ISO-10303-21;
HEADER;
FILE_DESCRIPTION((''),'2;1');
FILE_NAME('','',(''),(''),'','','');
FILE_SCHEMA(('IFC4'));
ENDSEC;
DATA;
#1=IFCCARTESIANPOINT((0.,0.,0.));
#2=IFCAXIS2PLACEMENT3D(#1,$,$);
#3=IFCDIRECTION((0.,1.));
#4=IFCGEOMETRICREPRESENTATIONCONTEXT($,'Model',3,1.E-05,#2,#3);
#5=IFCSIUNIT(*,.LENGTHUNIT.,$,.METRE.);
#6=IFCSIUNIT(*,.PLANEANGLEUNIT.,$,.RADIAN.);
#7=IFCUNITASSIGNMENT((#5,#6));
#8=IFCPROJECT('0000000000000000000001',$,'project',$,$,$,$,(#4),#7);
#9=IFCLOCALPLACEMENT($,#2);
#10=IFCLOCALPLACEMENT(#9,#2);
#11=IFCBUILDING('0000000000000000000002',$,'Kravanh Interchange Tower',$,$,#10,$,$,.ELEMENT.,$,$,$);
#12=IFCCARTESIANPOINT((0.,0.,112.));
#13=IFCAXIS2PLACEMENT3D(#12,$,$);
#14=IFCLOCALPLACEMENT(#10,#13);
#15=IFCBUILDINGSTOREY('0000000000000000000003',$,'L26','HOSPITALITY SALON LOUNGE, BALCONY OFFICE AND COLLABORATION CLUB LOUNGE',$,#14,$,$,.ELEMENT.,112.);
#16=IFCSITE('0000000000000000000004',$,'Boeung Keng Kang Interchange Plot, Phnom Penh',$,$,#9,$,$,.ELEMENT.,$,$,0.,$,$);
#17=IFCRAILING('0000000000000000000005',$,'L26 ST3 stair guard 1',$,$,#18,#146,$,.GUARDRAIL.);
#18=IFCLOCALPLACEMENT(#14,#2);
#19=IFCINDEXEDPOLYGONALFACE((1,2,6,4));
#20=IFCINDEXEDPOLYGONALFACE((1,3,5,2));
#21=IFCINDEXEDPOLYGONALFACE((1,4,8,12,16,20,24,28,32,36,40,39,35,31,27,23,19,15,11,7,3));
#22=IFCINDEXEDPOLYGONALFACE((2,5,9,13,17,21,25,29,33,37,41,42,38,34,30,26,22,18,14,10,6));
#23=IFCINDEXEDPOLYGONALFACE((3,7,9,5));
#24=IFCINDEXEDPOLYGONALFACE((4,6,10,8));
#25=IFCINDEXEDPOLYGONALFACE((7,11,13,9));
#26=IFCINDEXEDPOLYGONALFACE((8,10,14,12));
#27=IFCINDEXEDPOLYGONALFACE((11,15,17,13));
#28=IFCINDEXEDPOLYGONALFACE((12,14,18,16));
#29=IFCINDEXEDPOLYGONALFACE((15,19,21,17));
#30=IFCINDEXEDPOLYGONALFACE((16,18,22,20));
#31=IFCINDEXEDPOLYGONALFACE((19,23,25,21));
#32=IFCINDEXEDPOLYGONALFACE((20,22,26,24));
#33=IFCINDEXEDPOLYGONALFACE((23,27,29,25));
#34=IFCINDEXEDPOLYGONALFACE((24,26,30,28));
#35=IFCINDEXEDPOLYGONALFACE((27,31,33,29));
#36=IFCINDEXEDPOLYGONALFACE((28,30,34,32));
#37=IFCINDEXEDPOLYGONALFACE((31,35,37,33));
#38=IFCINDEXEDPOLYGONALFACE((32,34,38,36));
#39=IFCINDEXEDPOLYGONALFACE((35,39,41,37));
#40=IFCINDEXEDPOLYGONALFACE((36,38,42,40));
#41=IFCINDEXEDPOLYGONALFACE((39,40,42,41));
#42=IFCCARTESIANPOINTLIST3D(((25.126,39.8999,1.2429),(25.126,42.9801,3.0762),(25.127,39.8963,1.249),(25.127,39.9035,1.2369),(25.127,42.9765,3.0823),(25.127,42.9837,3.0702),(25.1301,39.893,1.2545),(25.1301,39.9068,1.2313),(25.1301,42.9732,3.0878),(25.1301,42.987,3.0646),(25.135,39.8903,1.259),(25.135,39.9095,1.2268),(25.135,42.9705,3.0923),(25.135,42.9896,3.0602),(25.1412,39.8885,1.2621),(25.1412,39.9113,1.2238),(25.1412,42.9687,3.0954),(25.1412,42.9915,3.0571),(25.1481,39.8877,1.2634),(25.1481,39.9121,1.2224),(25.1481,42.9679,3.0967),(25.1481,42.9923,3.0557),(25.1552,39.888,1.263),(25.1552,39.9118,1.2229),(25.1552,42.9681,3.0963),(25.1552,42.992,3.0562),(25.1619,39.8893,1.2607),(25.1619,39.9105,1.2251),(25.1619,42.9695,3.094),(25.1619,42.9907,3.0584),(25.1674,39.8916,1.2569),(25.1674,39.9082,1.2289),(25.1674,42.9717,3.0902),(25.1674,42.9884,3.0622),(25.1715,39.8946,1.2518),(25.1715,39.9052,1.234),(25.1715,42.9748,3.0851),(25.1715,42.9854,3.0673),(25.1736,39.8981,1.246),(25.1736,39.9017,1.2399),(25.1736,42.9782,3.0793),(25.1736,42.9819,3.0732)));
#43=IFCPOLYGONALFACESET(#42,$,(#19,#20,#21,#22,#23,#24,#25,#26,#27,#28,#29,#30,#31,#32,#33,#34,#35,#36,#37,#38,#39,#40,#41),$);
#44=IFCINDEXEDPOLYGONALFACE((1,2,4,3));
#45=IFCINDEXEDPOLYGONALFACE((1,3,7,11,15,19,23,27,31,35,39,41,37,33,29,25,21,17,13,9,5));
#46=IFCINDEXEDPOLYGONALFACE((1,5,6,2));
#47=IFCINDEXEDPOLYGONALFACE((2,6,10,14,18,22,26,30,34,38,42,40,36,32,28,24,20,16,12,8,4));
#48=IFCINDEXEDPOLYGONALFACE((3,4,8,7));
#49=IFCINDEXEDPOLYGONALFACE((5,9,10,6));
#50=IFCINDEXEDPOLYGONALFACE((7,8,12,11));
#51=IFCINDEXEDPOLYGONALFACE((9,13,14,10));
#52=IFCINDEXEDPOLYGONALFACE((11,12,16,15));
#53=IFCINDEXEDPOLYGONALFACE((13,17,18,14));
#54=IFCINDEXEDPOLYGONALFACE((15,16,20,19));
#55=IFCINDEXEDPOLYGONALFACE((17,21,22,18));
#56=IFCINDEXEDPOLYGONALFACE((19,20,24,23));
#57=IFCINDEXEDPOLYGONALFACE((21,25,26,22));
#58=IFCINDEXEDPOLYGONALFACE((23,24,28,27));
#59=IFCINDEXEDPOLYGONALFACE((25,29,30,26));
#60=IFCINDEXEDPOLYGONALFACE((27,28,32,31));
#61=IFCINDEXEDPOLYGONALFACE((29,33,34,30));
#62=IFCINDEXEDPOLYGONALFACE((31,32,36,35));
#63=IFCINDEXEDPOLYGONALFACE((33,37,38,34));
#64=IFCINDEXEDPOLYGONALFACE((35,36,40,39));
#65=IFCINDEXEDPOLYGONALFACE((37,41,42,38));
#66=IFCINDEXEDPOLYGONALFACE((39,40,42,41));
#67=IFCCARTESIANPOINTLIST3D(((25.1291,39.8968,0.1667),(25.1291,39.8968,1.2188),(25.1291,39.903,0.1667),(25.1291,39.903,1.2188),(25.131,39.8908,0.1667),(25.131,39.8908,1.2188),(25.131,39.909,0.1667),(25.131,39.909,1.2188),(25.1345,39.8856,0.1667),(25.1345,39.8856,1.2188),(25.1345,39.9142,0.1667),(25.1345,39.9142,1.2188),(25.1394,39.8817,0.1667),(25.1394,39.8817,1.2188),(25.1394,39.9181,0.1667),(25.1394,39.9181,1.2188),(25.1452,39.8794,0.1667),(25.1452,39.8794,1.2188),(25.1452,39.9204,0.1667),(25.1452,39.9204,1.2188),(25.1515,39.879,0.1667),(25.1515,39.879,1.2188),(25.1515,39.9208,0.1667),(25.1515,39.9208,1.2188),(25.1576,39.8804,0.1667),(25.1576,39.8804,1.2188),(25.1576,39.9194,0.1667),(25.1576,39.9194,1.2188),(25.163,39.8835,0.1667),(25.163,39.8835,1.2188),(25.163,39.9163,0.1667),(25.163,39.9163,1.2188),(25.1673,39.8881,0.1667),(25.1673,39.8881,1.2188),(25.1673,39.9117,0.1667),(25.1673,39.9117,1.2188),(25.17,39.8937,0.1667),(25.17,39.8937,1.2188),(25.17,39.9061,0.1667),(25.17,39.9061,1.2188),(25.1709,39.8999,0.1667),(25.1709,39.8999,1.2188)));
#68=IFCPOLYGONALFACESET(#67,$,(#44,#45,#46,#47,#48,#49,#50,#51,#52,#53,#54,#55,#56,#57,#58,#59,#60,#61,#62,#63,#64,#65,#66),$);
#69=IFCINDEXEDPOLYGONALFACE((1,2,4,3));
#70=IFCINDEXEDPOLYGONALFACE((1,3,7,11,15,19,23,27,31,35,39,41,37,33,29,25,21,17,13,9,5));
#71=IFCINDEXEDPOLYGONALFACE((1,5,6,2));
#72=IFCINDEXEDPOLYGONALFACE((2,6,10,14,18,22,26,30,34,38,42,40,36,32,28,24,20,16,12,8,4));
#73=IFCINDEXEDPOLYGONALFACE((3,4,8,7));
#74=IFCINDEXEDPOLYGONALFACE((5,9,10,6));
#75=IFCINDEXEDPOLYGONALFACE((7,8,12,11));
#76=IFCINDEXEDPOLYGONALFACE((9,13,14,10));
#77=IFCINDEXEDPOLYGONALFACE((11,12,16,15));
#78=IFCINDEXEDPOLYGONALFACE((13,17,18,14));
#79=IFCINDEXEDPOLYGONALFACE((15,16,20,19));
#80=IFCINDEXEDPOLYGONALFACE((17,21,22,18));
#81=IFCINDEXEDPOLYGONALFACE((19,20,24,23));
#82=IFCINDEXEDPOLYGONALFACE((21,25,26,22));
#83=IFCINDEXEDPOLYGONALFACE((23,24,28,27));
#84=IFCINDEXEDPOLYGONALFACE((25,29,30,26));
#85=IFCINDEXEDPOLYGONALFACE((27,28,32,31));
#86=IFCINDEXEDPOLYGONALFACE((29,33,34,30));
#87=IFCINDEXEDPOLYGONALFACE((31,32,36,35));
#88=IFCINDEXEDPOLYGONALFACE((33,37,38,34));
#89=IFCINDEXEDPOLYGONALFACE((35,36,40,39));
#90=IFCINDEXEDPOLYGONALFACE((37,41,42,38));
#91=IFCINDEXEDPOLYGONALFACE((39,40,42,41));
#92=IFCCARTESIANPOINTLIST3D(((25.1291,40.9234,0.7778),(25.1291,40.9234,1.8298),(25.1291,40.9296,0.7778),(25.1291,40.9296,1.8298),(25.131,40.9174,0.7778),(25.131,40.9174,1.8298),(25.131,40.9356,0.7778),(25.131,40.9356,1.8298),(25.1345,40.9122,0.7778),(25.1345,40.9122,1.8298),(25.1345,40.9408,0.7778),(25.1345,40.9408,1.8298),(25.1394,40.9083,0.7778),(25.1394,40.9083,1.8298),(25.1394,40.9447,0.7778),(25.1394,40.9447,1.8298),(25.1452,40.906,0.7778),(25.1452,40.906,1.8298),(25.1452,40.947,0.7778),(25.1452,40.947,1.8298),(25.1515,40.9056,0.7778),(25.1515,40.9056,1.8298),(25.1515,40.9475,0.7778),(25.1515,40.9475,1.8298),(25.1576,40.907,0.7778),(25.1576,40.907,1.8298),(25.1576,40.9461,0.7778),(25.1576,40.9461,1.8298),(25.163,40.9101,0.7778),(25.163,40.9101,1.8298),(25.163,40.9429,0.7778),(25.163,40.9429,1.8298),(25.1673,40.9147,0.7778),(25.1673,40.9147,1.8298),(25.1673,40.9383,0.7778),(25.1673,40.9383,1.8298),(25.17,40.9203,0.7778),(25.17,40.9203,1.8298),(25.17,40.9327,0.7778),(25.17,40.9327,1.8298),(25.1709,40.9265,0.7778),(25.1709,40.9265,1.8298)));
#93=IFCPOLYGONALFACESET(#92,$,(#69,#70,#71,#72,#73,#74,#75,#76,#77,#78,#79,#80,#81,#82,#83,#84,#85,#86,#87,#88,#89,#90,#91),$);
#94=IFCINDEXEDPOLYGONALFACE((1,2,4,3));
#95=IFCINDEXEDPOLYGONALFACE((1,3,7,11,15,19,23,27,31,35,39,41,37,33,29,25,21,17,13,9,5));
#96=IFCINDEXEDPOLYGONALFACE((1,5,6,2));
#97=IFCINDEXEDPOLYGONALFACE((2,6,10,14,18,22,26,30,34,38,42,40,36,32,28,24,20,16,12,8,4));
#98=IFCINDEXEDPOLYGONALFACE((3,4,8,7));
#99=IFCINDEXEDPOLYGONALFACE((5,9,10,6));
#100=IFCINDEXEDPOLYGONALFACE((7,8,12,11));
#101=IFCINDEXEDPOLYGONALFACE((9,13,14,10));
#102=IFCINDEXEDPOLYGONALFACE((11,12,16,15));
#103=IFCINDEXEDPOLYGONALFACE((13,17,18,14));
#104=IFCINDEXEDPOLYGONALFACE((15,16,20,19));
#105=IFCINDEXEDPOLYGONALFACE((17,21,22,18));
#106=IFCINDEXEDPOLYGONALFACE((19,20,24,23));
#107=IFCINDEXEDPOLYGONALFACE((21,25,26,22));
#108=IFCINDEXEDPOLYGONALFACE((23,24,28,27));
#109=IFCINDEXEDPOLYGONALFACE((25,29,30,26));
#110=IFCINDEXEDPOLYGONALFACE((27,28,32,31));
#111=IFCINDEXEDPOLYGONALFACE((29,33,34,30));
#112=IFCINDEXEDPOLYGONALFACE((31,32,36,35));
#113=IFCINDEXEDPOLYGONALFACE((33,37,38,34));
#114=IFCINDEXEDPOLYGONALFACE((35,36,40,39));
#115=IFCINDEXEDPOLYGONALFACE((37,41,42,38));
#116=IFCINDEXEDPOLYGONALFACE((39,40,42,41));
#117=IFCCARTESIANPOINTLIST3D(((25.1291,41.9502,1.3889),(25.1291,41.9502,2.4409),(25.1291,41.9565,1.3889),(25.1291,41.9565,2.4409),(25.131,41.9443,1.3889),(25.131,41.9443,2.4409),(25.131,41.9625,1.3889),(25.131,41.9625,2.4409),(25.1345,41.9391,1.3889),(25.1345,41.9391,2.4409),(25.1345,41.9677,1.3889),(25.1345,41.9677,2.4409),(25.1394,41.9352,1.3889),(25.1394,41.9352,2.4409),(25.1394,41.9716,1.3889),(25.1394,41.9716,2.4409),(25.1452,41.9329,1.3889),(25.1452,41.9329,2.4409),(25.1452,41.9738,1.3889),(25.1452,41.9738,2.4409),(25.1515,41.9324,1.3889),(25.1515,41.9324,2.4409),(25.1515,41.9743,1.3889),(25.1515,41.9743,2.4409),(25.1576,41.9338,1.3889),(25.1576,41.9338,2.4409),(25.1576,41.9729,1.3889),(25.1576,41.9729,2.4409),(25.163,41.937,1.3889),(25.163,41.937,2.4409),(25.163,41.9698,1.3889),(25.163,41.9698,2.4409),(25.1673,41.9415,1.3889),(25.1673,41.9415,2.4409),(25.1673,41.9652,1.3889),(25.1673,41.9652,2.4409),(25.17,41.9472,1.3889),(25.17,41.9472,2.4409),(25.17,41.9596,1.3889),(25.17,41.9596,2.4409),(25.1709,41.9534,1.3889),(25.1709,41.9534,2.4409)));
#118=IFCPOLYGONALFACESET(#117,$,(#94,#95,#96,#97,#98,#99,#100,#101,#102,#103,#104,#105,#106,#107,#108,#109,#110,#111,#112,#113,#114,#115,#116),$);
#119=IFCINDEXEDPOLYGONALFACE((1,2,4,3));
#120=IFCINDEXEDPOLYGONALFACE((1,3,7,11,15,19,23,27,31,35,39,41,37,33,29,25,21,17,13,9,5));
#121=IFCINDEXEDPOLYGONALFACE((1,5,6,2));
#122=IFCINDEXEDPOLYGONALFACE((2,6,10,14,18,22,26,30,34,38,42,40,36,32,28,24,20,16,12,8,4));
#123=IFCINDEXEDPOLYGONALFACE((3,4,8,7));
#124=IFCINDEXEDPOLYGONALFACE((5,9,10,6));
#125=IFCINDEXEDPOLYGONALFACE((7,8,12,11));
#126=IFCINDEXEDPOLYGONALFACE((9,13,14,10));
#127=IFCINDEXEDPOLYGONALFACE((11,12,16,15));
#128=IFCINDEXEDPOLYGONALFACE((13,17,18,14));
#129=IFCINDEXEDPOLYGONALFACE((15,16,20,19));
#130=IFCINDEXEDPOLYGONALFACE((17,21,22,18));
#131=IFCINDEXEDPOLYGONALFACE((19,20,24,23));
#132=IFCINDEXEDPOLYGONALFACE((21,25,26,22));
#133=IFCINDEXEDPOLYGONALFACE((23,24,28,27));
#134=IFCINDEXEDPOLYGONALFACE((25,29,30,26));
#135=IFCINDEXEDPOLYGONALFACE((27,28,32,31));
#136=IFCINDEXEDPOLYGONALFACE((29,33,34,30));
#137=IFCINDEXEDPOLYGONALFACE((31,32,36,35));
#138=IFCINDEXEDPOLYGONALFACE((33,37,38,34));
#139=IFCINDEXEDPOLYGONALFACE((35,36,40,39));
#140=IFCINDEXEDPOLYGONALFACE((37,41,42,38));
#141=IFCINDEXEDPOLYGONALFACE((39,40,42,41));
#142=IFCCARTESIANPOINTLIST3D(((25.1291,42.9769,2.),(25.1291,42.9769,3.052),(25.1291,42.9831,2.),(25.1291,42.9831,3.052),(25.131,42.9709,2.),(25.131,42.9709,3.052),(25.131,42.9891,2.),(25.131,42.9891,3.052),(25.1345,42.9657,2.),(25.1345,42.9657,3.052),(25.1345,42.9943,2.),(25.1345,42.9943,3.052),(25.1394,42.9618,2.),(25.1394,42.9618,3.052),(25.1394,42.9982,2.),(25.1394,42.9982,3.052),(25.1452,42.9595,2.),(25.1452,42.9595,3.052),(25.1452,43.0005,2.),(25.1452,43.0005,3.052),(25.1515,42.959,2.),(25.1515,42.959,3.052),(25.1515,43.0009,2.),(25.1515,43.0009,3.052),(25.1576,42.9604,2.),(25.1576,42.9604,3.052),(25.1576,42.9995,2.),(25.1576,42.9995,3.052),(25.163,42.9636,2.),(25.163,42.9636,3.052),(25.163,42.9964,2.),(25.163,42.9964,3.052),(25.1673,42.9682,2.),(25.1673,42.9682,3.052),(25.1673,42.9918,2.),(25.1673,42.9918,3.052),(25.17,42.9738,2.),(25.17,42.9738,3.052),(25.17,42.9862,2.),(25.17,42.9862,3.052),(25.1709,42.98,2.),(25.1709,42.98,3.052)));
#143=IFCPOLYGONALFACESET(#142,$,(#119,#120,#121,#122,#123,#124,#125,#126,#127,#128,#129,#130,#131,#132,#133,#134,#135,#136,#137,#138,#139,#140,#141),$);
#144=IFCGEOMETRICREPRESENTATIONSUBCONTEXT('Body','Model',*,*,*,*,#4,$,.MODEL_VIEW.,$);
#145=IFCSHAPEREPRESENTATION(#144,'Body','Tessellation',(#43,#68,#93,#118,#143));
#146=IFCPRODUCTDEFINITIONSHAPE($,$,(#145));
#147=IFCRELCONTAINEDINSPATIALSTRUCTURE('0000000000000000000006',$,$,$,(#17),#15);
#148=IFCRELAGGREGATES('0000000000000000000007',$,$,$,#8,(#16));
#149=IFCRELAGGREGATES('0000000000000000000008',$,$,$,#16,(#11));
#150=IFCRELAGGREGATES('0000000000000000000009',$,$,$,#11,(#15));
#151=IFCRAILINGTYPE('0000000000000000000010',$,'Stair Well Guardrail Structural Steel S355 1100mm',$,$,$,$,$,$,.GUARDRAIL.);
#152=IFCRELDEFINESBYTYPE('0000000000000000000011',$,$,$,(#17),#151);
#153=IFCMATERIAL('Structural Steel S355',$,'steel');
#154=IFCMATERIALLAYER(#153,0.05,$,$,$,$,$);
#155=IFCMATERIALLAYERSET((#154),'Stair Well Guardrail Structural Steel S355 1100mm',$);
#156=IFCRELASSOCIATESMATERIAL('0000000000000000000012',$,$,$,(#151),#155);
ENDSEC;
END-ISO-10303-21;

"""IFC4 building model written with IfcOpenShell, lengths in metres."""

from ifc_helpers import new_model, si_unit, direction, frame, origin, origin_2d, place, context, subcontext, project, spatial, circle, extrude, material, layer, layer_set, type_object, element, save


model = new_model("IFC4")

# Units and contexts
model_context = context("Model", 3, precision=1e-05, world=origin(), true_north=direction((0.0, 1.0)))
body_context = subcontext(model_context, "Body", "Model", "MODEL_VIEW")
ifc_project = project(units=[si_unit("LENGTHUNIT", "METRE"), si_unit("PLANEANGLEUNIT", "RADIAN")], contexts=[model_context])

# Site, building, storey
site_placement = place(None, origin())
site = spatial("IfcSite", under=ifc_project, at=site_placement, Name="Boeung Keng Kang Interchange Plot, Phnom Penh", CompositionType="ELEMENT", RefElevation=0.0)
building_placement = place(site_placement, origin())
building = spatial("IfcBuilding", under=site, at=building_placement, Name="Kravanh Interchange Tower", CompositionType="ELEMENT")
storey_placement = place(building_placement, frame((0.0, 0.0, 112.0)))
storey = spatial("IfcBuildingStorey", under=building, at=storey_placement, Name="L26", Description="HOSPITALITY SALON LOUNGE, BALCONY OFFICE AND COLLABORATION CLUB LOUNGE", CompositionType="ELEMENT", Elevation=112.0)

# Railing
ifc_material_1 = material(Name="Structural Steel S355", Category="steel")
ifc_layer_1 = layer(ifc_material_1, 0.05)
ifc_layer_set_1 = layer_set([ifc_layer_1], Name="Stair Well Guardrail Structural Steel S355 1100mm")
railing_type_1 = type_object("IfcRailingType", Name="Stair Well Guardrail Structural Steel S355 1100mm", PredefinedType="GUARDRAIL", material=ifc_layer_set_1)
railing_1_placement = place(storey_placement, frame((25.1499, 39.8999, 0.1667)))
element("IfcRailing", 1, at=railing_1_placement, inside=storey, type_object=railing_type_1, Name="L26 ST3 stair guard 1", PredefinedType="GUARDRAIL", context=body_context, shape_type="SweptSolid", body=[
    extrude(circle(Radius=0.0239, at=origin_2d()), frame((0.0, 0.0, 1.0762), z_axis=(0.0, 0.859309, 0.511458), x_axis=(-1.0, 0.0, 0.0)), (0.0, 0.0, 1.0), 3.5845),
    extrude(circle(Radius=0.021, at=origin_2d()), origin(), (0.0, 0.0, 1.0), 1.052),
    extrude(circle(Radius=0.021, at=origin_2d()), frame((0.0, 1.0266, 0.6111)), (0.0, 0.0, 1.0), 1.052),
    extrude(circle(Radius=0.021, at=origin_2d()), frame((0.0, 2.0535, 1.2222)), (0.0, 0.0, 1.0), 1.052),
    extrude(circle(Radius=0.021, at=origin_2d()), frame((0.0, 3.0801, 1.8333)), (0.0, 0.0, 1.0), 1.052),
])

save(model, "model.ifc")
